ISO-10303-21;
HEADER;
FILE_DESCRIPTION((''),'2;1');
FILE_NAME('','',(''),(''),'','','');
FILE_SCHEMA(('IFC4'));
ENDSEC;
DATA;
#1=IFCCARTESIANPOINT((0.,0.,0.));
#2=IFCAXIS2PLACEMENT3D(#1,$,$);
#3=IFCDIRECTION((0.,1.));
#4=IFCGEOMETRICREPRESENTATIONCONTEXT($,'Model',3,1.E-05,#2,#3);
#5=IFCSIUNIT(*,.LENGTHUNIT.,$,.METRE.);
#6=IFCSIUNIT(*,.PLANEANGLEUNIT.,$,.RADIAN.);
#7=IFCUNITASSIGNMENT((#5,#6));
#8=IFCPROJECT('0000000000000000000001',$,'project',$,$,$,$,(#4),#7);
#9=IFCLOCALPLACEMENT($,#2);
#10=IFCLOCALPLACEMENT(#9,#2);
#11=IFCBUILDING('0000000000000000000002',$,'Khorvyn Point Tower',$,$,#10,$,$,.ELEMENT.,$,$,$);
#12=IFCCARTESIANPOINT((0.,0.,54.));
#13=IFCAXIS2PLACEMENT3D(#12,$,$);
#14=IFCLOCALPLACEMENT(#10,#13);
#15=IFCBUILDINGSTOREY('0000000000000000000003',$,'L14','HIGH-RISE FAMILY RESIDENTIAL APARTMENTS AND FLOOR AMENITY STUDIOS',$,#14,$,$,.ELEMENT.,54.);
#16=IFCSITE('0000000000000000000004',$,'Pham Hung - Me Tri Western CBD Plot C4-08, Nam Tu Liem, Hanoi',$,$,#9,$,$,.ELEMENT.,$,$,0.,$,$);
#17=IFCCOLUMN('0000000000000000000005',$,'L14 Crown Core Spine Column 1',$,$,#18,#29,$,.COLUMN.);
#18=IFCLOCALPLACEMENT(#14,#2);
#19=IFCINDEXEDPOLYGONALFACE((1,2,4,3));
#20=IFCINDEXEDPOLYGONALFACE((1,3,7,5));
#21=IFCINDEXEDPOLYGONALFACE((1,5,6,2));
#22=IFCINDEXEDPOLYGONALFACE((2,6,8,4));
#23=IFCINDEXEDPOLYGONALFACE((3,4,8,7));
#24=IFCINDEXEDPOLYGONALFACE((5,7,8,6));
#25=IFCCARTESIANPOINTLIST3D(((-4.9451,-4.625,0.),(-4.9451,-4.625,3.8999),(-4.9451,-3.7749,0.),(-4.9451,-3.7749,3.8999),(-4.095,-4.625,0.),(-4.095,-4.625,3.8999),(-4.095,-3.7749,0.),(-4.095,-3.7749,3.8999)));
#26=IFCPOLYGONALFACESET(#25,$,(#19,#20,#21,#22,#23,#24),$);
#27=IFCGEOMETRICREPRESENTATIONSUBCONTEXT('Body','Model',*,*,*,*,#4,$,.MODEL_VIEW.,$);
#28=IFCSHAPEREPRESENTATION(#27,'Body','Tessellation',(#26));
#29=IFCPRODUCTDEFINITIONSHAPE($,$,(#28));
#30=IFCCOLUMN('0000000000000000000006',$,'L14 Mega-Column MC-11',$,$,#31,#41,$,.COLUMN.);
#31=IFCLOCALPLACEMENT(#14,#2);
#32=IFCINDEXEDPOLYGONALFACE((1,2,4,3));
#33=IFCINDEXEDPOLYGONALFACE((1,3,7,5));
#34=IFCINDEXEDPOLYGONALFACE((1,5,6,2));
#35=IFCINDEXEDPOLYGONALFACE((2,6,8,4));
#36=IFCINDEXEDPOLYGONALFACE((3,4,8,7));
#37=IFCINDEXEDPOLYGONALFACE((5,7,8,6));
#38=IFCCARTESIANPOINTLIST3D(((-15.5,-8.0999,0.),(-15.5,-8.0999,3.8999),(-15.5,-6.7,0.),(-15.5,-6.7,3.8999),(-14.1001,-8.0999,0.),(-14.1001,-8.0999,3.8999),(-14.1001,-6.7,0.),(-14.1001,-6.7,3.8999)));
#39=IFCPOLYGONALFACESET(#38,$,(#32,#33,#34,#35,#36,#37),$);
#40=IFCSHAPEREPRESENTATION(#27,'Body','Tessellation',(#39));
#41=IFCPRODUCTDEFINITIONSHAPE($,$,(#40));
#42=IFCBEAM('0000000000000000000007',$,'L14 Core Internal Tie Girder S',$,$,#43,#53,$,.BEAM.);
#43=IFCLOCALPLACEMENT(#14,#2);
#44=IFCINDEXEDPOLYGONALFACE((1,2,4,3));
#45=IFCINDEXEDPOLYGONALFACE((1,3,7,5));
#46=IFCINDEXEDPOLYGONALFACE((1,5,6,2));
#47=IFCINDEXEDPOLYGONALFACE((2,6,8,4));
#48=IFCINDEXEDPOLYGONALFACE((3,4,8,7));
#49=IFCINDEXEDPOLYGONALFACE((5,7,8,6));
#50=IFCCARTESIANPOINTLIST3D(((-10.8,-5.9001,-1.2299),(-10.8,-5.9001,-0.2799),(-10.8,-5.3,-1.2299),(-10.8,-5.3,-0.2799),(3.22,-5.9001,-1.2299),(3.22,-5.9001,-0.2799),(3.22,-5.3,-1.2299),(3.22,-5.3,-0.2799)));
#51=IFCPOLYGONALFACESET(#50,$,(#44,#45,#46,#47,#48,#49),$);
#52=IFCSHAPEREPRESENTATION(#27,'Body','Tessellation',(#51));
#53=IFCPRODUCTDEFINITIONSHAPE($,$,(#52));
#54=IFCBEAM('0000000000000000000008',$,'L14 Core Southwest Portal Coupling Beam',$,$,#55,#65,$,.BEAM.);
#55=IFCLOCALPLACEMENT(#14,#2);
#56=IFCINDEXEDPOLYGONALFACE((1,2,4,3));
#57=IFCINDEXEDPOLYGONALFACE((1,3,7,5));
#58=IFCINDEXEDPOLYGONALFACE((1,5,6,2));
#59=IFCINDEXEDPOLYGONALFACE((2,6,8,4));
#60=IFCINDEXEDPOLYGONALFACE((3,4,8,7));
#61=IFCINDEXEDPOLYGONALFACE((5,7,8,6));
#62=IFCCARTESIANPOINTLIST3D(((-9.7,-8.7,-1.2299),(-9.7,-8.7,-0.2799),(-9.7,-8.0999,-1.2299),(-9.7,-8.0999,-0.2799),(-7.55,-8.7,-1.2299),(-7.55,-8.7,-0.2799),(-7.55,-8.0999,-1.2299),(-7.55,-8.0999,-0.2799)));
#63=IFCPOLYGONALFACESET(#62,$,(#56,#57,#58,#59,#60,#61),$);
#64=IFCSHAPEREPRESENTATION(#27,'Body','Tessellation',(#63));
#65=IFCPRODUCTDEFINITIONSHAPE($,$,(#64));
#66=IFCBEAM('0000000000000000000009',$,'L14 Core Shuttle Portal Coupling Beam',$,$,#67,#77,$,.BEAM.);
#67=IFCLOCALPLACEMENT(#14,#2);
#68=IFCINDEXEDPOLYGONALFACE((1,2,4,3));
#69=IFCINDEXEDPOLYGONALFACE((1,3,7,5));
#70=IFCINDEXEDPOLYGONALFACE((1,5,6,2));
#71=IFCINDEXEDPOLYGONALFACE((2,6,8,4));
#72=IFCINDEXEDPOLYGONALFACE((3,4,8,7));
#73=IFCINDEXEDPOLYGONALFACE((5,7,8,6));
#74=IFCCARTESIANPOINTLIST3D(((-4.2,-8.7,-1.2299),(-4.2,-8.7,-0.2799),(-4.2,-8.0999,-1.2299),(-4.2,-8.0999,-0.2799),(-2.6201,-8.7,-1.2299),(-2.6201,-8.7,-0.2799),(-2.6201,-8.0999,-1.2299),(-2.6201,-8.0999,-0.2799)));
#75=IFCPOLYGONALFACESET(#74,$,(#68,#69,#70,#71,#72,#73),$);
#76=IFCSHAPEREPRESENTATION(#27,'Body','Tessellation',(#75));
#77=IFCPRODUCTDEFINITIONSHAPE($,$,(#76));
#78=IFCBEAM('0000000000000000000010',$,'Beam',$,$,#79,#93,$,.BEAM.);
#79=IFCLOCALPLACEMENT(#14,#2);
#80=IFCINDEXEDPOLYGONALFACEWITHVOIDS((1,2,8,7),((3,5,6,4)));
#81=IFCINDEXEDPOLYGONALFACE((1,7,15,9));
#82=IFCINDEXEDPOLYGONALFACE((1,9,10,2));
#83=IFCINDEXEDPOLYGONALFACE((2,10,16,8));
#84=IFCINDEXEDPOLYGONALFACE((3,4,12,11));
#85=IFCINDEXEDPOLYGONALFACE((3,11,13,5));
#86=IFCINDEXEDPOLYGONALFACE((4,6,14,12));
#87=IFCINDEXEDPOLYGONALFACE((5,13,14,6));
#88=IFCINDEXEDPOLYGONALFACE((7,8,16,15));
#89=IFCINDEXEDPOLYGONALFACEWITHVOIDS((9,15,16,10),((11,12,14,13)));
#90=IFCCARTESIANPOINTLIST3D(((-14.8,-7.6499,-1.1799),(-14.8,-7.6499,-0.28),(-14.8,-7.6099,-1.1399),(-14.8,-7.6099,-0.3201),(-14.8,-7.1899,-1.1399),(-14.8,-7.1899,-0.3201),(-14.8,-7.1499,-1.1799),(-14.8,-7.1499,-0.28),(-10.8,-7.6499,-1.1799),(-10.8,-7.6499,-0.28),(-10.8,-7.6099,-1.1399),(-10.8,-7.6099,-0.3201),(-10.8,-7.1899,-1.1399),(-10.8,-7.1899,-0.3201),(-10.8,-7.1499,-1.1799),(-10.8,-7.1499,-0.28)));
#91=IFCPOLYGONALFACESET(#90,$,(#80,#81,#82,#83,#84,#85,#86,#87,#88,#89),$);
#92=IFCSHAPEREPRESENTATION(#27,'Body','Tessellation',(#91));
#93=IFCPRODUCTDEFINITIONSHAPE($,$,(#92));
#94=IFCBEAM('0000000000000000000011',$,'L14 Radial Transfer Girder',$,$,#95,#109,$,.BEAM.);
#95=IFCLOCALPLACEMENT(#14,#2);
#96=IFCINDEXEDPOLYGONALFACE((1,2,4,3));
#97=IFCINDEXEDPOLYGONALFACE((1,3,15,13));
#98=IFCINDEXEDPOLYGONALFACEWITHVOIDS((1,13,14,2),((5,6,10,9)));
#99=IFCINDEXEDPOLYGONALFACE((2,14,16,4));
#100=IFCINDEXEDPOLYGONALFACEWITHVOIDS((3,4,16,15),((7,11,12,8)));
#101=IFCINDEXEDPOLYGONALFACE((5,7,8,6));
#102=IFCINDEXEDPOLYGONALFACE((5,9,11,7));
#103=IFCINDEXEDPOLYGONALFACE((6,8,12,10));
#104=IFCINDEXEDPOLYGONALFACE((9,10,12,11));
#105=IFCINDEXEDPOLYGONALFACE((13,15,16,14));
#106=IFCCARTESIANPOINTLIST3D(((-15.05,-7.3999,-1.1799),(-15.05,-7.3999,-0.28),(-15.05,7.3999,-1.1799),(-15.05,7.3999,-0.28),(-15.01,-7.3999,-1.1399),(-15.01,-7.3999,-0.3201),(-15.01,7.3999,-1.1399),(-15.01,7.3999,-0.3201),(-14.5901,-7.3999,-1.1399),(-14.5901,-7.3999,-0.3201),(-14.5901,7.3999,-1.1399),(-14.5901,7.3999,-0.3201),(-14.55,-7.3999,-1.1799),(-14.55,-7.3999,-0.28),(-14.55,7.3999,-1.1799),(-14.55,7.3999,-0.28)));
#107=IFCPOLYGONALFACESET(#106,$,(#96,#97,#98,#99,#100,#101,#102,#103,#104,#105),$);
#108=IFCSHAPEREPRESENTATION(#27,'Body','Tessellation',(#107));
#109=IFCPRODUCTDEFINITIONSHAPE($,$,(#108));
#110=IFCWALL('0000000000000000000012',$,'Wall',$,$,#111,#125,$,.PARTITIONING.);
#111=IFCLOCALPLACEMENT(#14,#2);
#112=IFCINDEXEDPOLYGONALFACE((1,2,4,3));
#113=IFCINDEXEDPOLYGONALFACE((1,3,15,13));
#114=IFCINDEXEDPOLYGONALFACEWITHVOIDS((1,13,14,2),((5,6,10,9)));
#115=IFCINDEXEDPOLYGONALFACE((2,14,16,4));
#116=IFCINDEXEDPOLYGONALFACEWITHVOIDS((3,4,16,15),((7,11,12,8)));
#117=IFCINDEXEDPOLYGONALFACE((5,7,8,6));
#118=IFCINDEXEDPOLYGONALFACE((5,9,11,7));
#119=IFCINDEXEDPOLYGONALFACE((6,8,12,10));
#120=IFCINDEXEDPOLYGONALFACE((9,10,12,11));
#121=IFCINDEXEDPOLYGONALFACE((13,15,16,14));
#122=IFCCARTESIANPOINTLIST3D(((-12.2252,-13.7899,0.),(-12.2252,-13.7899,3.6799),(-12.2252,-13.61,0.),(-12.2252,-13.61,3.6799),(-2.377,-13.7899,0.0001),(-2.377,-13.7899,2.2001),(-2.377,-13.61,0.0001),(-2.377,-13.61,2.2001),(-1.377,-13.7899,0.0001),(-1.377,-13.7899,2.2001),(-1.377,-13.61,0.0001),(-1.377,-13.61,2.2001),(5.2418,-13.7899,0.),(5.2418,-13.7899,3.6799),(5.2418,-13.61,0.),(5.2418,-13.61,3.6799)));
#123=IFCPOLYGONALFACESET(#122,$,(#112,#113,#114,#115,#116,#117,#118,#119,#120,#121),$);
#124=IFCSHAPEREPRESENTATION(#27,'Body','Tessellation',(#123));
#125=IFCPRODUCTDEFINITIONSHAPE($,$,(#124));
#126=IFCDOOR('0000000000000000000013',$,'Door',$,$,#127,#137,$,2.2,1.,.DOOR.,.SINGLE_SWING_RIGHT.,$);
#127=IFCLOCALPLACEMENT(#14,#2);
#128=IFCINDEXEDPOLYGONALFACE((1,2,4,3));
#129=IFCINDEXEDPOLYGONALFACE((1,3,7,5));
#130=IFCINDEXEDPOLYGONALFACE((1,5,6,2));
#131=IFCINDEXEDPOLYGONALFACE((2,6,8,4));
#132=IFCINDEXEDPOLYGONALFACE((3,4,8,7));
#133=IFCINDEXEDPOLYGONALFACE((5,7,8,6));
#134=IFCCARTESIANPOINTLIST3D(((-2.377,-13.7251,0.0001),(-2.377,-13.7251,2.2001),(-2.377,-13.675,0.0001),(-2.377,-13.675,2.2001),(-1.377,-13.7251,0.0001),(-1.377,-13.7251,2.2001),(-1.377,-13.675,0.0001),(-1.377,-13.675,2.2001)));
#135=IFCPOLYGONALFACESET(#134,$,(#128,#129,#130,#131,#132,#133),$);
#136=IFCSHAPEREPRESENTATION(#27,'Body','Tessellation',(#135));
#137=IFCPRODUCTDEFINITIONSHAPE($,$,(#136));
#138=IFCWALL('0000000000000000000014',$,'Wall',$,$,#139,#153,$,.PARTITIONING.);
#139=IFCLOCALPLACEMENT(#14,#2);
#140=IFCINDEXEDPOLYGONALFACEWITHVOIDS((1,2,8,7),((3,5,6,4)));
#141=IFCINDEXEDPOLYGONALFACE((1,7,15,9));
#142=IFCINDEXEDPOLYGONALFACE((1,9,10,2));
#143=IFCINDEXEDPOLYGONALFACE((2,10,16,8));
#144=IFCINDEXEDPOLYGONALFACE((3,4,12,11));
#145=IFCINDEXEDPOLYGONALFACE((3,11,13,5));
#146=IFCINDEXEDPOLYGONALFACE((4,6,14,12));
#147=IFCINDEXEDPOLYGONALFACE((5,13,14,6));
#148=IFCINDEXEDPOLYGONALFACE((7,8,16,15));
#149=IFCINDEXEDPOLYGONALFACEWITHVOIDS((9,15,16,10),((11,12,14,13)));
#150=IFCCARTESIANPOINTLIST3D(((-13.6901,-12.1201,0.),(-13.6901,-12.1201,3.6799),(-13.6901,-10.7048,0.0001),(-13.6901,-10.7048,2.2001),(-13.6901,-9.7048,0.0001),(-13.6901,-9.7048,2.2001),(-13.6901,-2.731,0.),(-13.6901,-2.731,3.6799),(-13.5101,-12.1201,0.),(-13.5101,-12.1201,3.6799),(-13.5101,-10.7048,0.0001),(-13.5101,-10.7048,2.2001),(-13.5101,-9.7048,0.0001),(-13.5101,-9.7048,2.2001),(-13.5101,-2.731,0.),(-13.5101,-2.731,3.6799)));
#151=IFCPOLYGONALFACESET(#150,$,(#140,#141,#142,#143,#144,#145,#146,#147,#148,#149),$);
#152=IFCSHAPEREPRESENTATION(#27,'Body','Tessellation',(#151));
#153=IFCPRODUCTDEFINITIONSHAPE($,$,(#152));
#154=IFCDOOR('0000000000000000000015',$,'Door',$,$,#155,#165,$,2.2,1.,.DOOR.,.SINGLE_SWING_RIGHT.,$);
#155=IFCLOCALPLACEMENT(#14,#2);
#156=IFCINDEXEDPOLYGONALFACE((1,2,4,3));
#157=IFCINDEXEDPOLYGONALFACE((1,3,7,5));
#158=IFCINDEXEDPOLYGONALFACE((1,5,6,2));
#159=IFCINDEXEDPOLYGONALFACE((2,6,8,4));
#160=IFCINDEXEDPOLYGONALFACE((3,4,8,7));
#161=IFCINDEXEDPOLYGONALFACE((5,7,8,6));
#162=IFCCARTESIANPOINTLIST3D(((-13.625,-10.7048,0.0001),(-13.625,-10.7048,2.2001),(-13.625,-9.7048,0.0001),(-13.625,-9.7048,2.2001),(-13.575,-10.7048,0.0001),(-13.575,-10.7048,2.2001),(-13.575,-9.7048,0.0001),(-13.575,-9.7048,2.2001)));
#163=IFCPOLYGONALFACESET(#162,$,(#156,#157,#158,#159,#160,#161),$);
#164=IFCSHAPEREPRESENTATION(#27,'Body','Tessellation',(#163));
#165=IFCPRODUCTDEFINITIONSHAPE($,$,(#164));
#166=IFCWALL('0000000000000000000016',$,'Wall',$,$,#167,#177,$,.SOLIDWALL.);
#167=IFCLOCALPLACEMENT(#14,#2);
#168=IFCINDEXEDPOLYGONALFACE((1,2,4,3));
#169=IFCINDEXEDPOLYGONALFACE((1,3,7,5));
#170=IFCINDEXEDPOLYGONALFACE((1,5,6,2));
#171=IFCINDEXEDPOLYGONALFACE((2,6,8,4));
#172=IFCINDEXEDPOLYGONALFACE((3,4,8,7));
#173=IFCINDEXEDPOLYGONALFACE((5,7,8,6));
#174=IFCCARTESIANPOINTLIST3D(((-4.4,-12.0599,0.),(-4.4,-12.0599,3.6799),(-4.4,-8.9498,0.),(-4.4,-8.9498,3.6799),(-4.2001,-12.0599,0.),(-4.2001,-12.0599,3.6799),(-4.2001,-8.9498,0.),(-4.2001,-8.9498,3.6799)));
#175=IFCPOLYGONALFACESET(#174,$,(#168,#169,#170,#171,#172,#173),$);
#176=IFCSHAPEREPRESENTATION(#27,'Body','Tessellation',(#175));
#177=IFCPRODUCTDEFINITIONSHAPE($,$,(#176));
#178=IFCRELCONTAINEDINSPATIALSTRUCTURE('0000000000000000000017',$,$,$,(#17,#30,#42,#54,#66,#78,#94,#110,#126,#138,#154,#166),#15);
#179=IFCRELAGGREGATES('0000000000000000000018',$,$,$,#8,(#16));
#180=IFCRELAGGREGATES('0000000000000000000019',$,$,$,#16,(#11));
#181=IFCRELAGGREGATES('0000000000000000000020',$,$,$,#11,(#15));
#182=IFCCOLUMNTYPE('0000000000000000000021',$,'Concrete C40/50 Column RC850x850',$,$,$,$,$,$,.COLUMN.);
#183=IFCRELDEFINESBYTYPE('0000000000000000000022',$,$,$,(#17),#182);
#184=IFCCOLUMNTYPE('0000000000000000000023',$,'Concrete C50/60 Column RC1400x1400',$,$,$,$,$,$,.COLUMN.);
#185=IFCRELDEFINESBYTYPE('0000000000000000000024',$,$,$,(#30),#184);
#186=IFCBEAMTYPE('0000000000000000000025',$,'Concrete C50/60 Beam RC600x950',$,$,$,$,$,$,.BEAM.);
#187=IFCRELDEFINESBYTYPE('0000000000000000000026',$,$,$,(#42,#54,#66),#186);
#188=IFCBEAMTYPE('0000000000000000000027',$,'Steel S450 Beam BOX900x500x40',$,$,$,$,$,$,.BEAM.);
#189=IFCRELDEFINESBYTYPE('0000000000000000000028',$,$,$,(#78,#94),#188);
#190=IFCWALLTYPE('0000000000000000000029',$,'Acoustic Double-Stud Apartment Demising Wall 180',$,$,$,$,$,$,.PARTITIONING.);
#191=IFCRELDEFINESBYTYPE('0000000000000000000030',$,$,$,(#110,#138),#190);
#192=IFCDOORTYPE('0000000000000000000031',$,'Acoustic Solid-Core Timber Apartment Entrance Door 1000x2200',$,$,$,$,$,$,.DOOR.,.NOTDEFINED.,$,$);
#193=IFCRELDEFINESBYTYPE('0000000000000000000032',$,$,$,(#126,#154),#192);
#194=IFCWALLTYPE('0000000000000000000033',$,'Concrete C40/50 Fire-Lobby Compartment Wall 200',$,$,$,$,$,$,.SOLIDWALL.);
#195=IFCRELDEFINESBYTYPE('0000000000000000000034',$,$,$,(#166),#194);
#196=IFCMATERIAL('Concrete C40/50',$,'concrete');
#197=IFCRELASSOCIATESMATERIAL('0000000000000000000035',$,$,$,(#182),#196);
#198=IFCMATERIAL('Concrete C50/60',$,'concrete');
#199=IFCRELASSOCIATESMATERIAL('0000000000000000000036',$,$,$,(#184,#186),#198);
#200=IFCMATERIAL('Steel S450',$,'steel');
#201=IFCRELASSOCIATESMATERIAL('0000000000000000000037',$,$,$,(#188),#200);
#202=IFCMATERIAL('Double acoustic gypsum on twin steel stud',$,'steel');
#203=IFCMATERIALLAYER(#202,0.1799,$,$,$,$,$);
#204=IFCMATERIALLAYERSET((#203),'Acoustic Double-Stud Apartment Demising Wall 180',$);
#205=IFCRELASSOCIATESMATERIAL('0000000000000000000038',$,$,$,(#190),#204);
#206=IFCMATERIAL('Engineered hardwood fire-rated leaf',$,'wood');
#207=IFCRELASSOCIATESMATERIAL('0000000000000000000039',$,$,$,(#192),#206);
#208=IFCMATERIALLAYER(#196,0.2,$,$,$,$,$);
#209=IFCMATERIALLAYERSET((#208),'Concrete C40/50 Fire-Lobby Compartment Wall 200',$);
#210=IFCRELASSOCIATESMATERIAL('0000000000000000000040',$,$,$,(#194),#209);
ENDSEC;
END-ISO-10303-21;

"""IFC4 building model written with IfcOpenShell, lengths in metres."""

from ifc_helpers import new_model, si_unit, direction, frame, frame_2d, origin, origin_2d, place, context, subcontext, project, spatial, rectangle, hollow_rectangle, extrude, material, layer, layer_set, material_profile, profile_set, type_object, element, fill, save


model = new_model("IFC4")

# Units and contexts
model_context = context("Model", 3, precision=1e-05, world=origin(), true_north=direction((0.0, 1.0)))
body_context = subcontext(model_context, "Body", "Model", "MODEL_VIEW")
ifc_project = project(units=[si_unit("LENGTHUNIT", "METRE"), si_unit("PLANEANGLEUNIT", "RADIAN")], contexts=[model_context])

# Site, building, storey
site_placement = place(None, origin())
site = spatial("IfcSite", under=ifc_project, at=site_placement, Name="Pham Hung - Me Tri Western CBD Plot C4-08, Nam Tu Liem, Hanoi", CompositionType="ELEMENT", RefElevation=0.0)
building_placement = place(site_placement, origin())
building = spatial("IfcBuilding", under=site, at=building_placement, Name="Khorvyn Point Tower", CompositionType="ELEMENT")
storey_placement = place(building_placement, frame((0.0, 0.0, 54.0)))
storey = spatial("IfcBuildingStorey", under=building, at=storey_placement, Name="L14", Description="HIGH-RISE FAMILY RESIDENTIAL APARTMENTS AND FLOOR AMENITY STUDIOS", CompositionType="ELEMENT", Elevation=54.0)

# Columns
ifc_material_1 = material(Name="Concrete C40/50", Category="concrete")
ifc_material_profile_1 = material_profile(ifc_material_1, rectangle(XDim=0.8501, YDim=0.8501, at=origin_2d()))
ifc_profile_set_1 = profile_set([ifc_material_profile_1], Name="Concrete C40/50 RC850x850")
column_type_1 = type_object("IfcColumnType", Name="Concrete C40/50 Column RC850x850", PredefinedType="COLUMN", material=ifc_profile_set_1)
column_1_placement = place(storey_placement, frame((-4.52, -4.2, 0.0), z_axis=(0.0, 0.0, 1.0), x_axis=(1.0, 0.0, 0.0)))
element("IfcColumn", 1, at=column_1_placement, inside=storey, type_object=column_type_1, Name="L14 Crown Core Spine Column 1", PredefinedType="COLUMN", context=body_context, shape_type="SweptSolid", body=[
    extrude(rectangle(XDim=0.8501, YDim=0.8501, at=origin_2d()), origin(), (0.0, 0.0, 1.0), 3.8999),
])
ifc_material_2 = material(Name="Concrete C50/60", Category="concrete")
ifc_material_profile_2 = material_profile(ifc_material_2, rectangle(XDim=1.3999, YDim=1.3999, at=origin_2d()))
ifc_profile_set_2 = profile_set([ifc_material_profile_2], Name="Concrete C50/60 RC1400x1400")
column_type_2 = type_object("IfcColumnType", Name="Concrete C50/60 Column RC1400x1400", PredefinedType="COLUMN", material=ifc_profile_set_2)
column_2_placement = place(storey_placement, frame((-14.8, -7.3999, 0.0), z_axis=(0.0, 0.0, 1.0), x_axis=(1.0, 0.0, 0.0)))
element("IfcColumn", 2, at=column_2_placement, inside=storey, type_object=column_type_2, Name="L14 Mega-Column MC-11", PredefinedType="COLUMN", context=body_context, shape_type="SweptSolid", body=[
    extrude(rectangle(XDim=1.3999, YDim=1.3999, at=origin_2d()), origin(), (0.0, 0.0, 1.0), 3.8999),
])

# Beams
ifc_material_profile_3 = material_profile(ifc_material_2, rectangle(XDim=0.6001, YDim=0.95, at=origin_2d()))
ifc_profile_set_3 = profile_set([ifc_material_profile_3], Name="Concrete C50/60 RC600x950")
beam_type_1 = type_object("IfcBeamType", Name="Concrete C50/60 Beam RC600x950", PredefinedType="BEAM", material=ifc_profile_set_3)
beam_1_placement = place(storey_placement, frame((-10.8, -5.6001, -0.7549), z_axis=(1.0, 0.0, 0.0), x_axis=(0.0, 1.0, 0.0)))
element("IfcBeam", 3, at=beam_1_placement, inside=storey, type_object=beam_type_1, Name="L14 Core Internal Tie Girder S", PredefinedType="BEAM", context=body_context, shape_type="SweptSolid", body=[
    extrude(rectangle(XDim=0.6001, YDim=0.95, at=origin_2d()), origin(), (0.0, 0.0, 1.0), 14.02),
])
beam_2_placement = place(storey_placement, frame((-9.7, -8.3999, -0.7549), z_axis=(1.0, 0.0, 0.0), x_axis=(0.0, 1.0, 0.0)))
element("IfcBeam", 4, at=beam_2_placement, inside=storey, type_object=beam_type_1, Name="L14 Core Southwest Portal Coupling Beam", PredefinedType="BEAM", context=body_context, shape_type="SweptSolid", body=[
    extrude(rectangle(XDim=0.6001, YDim=0.95, at=origin_2d()), origin(), (0.0, 0.0, 1.0), 2.1499),
])
beam_3_placement = place(storey_placement, frame((-4.2, -8.3999, -0.7549), z_axis=(1.0, 0.0, 0.0), x_axis=(0.0, 1.0, 0.0)))
element("IfcBeam", 5, at=beam_3_placement, inside=storey, type_object=beam_type_1, Name="L14 Core Shuttle Portal Coupling Beam", PredefinedType="BEAM", context=body_context, shape_type="SweptSolid", body=[
    extrude(rectangle(XDim=0.6001, YDim=0.95, at=origin_2d()), origin(), (0.0, 0.0, 1.0), 1.5798),
])
ifc_material_3 = material(Name="Steel S450", Category="steel")
ifc_material_profile_4 = material_profile(ifc_material_3, hollow_rectangle(XDim=0.5, YDim=0.8999, WallThickness=0.04, at=origin_2d()))
ifc_profile_set_4 = profile_set([ifc_material_profile_4], Name="Steel S450 BOX900x500x40")
beam_type_2 = type_object("IfcBeamType", Name="Steel S450 Beam BOX900x500x40", PredefinedType="BEAM", material=ifc_profile_set_4)
beam_4_placement = place(storey_placement, frame((-14.8, -7.3999, -0.73), z_axis=(1.0, 0.0, 0.0), x_axis=(0.0, 1.0, 0.0)))
element("IfcBeam", 6, at=beam_4_placement, inside=storey, type_object=beam_type_2, Name="Beam", PredefinedType="BEAM", context=body_context, shape_type="SweptSolid", body=[
    extrude(hollow_rectangle(XDim=0.5, YDim=0.8999, WallThickness=0.04, at=origin_2d()), origin(), (0.0, 0.0, 1.0), 4.0),
])
beam_5_placement = place(storey_placement, frame((-14.8, -7.3999, -0.73), z_axis=(0.0, 1.0, 0.0), x_axis=(-1.0, 0.0, 0.0)))
element("IfcBeam", 7, at=beam_5_placement, inside=storey, type_object=beam_type_2, Name="L14 Radial Transfer Girder", PredefinedType="BEAM", context=body_context, shape_type="SweptSolid", body=[
    extrude(hollow_rectangle(XDim=0.5, YDim=0.8999, WallThickness=0.04, at=origin_2d()), origin(), (0.0, 0.0, 1.0), 14.7998),
])

# Walls, openings, doors
ifc_material_4 = material(Name="Double acoustic gypsum on twin steel stud", Category="steel")
ifc_layer_1 = layer(ifc_material_4, 0.1799)
ifc_layer_set_1 = layer_set([ifc_layer_1], Name="Acoustic Double-Stud Apartment Demising Wall 180")
wall_type_1 = type_object("IfcWallType", Name="Acoustic Double-Stud Apartment Demising Wall 180", PredefinedType="PARTITIONING", material=ifc_layer_set_1)
wall_1_placement = place(storey_placement, frame((-12.2251, -13.7, 0.0), z_axis=(0.0, 0.0, 1.0), x_axis=(1.0, 0.0, 0.0)))
wall_1 = element("IfcWall", 8, at=wall_1_placement, inside=storey, type_object=wall_type_1, Name="Wall", PredefinedType="PARTITIONING", context=body_context, shape_type="SweptSolid", body=[
    extrude(rectangle(XDim=17.467, YDim=0.1799, at=frame_2d((8.7334, 0.0))), origin(), (0.0, 0.0, 1.0), 3.6799),
])
opening_1_placement = place(wall_1_placement, frame((9.8481, 0.0, 0.0)))
opening_1 = element("IfcOpeningElement", 9, at=opening_1_placement, cuts=wall_1, PredefinedType="OPENING", context=body_context, shape_type="SweptSolid", body=[
    extrude(rectangle(XDim=1.0, YDim=2.2, at=frame_2d((0.5, 1.1001))), frame((0.0, 0.0999, 0.0), z_axis=(0.0, -1.0, 0.0), x_axis=(1.0, 0.0, 0.0)), (0.0, 0.0, 1.0), 0.2),
])
ifc_material_5 = material(Name="Engineered hardwood fire-rated leaf", Category="wood")
door_type_1 = type_object("IfcDoorType", Name="Acoustic Solid-Core Timber Apartment Entrance Door 1000x2200", OperationType="NOTDEFINED", PredefinedType="DOOR", material=ifc_material_5)
door_1_placement = place(opening_1_placement, origin())
door_1 = element("IfcDoor", 10, at=door_1_placement, inside=storey, type_object=door_type_1, Name="Door", OperationType="SINGLE_SWING_RIGHT", OverallHeight=2.2, OverallWidth=1.0, PredefinedType="DOOR", context=body_context, shape_type="SweptSolid", body=[
    extrude(rectangle(XDim=1.0, YDim=2.2, at=frame_2d((0.5, 1.1001))), frame((0.0, 0.0249, 0.0), z_axis=(0.0, -1.0, 0.0), x_axis=(1.0, 0.0, 0.0)), (0.0, 0.0, 1.0), 0.05),
])
fill(opening_1, door_1)
wall_2_placement = place(storey_placement, frame((-13.6001, -12.1201, 0.0), z_axis=(0.0, 0.0, 1.0), x_axis=(0.0, 1.0, 0.0)))
wall_2 = element("IfcWall", 11, at=wall_2_placement, inside=storey, type_object=wall_type_1, Name="Wall", PredefinedType="PARTITIONING", context=body_context, shape_type="SweptSolid", body=[
    extrude(rectangle(XDim=9.3892, YDim=0.1799, at=frame_2d((4.6946, 0.0))), origin(), (0.0, 0.0, 1.0), 3.6799),
])
opening_2_placement = place(wall_2_placement, frame((1.4153, 0.0, 0.0)))
opening_2 = element("IfcOpeningElement", 12, at=opening_2_placement, cuts=wall_2, PredefinedType="OPENING", context=body_context, shape_type="SweptSolid", body=[
    extrude(rectangle(XDim=1.0, YDim=2.2, at=frame_2d((0.5, 1.1001))), frame((0.0, 0.0999, 0.0), z_axis=(0.0, -1.0, 0.0), x_axis=(1.0, 0.0, 0.0)), (0.0, 0.0, 1.0), 0.2),
])
door_2_placement = place(opening_2_placement, origin())
door_2 = element("IfcDoor", 13, at=door_2_placement, inside=storey, type_object=door_type_1, Name="Door", OperationType="SINGLE_SWING_RIGHT", OverallHeight=2.2, OverallWidth=1.0, PredefinedType="DOOR", context=body_context, shape_type="SweptSolid", body=[
    extrude(rectangle(XDim=1.0, YDim=2.2, at=frame_2d((0.5, 1.1001))), frame((0.0, 0.0249, 0.0), z_axis=(0.0, -1.0, 0.0), x_axis=(1.0, 0.0, 0.0)), (0.0, 0.0, 1.0), 0.05),
])
fill(opening_2, door_2)
ifc_layer_2 = layer(ifc_material_1, 0.2)
ifc_layer_set_2 = layer_set([ifc_layer_2], Name="Concrete C40/50 Fire-Lobby Compartment Wall 200")
wall_type_2 = type_object("IfcWallType", Name="Concrete C40/50 Fire-Lobby Compartment Wall 200", PredefinedType="SOLIDWALL", material=ifc_layer_set_2)

# Wall
wall_3_placement = place(storey_placement, frame((-4.3, -12.0601, 0.0), z_axis=(0.0, 0.0, 1.0), x_axis=(0.0, 1.0, 0.0)))
element("IfcWall", 14, at=wall_3_placement, inside=storey, type_object=wall_type_2, Name="Wall", PredefinedType="SOLIDWALL", context=body_context, shape_type="SweptSolid", body=[
    extrude(rectangle(XDim=3.1101, YDim=0.2, at=frame_2d((1.5552, 0.0))), origin(), (0.0, 0.0, 1.0), 3.6799),
])

save(model, "model.ifc")
